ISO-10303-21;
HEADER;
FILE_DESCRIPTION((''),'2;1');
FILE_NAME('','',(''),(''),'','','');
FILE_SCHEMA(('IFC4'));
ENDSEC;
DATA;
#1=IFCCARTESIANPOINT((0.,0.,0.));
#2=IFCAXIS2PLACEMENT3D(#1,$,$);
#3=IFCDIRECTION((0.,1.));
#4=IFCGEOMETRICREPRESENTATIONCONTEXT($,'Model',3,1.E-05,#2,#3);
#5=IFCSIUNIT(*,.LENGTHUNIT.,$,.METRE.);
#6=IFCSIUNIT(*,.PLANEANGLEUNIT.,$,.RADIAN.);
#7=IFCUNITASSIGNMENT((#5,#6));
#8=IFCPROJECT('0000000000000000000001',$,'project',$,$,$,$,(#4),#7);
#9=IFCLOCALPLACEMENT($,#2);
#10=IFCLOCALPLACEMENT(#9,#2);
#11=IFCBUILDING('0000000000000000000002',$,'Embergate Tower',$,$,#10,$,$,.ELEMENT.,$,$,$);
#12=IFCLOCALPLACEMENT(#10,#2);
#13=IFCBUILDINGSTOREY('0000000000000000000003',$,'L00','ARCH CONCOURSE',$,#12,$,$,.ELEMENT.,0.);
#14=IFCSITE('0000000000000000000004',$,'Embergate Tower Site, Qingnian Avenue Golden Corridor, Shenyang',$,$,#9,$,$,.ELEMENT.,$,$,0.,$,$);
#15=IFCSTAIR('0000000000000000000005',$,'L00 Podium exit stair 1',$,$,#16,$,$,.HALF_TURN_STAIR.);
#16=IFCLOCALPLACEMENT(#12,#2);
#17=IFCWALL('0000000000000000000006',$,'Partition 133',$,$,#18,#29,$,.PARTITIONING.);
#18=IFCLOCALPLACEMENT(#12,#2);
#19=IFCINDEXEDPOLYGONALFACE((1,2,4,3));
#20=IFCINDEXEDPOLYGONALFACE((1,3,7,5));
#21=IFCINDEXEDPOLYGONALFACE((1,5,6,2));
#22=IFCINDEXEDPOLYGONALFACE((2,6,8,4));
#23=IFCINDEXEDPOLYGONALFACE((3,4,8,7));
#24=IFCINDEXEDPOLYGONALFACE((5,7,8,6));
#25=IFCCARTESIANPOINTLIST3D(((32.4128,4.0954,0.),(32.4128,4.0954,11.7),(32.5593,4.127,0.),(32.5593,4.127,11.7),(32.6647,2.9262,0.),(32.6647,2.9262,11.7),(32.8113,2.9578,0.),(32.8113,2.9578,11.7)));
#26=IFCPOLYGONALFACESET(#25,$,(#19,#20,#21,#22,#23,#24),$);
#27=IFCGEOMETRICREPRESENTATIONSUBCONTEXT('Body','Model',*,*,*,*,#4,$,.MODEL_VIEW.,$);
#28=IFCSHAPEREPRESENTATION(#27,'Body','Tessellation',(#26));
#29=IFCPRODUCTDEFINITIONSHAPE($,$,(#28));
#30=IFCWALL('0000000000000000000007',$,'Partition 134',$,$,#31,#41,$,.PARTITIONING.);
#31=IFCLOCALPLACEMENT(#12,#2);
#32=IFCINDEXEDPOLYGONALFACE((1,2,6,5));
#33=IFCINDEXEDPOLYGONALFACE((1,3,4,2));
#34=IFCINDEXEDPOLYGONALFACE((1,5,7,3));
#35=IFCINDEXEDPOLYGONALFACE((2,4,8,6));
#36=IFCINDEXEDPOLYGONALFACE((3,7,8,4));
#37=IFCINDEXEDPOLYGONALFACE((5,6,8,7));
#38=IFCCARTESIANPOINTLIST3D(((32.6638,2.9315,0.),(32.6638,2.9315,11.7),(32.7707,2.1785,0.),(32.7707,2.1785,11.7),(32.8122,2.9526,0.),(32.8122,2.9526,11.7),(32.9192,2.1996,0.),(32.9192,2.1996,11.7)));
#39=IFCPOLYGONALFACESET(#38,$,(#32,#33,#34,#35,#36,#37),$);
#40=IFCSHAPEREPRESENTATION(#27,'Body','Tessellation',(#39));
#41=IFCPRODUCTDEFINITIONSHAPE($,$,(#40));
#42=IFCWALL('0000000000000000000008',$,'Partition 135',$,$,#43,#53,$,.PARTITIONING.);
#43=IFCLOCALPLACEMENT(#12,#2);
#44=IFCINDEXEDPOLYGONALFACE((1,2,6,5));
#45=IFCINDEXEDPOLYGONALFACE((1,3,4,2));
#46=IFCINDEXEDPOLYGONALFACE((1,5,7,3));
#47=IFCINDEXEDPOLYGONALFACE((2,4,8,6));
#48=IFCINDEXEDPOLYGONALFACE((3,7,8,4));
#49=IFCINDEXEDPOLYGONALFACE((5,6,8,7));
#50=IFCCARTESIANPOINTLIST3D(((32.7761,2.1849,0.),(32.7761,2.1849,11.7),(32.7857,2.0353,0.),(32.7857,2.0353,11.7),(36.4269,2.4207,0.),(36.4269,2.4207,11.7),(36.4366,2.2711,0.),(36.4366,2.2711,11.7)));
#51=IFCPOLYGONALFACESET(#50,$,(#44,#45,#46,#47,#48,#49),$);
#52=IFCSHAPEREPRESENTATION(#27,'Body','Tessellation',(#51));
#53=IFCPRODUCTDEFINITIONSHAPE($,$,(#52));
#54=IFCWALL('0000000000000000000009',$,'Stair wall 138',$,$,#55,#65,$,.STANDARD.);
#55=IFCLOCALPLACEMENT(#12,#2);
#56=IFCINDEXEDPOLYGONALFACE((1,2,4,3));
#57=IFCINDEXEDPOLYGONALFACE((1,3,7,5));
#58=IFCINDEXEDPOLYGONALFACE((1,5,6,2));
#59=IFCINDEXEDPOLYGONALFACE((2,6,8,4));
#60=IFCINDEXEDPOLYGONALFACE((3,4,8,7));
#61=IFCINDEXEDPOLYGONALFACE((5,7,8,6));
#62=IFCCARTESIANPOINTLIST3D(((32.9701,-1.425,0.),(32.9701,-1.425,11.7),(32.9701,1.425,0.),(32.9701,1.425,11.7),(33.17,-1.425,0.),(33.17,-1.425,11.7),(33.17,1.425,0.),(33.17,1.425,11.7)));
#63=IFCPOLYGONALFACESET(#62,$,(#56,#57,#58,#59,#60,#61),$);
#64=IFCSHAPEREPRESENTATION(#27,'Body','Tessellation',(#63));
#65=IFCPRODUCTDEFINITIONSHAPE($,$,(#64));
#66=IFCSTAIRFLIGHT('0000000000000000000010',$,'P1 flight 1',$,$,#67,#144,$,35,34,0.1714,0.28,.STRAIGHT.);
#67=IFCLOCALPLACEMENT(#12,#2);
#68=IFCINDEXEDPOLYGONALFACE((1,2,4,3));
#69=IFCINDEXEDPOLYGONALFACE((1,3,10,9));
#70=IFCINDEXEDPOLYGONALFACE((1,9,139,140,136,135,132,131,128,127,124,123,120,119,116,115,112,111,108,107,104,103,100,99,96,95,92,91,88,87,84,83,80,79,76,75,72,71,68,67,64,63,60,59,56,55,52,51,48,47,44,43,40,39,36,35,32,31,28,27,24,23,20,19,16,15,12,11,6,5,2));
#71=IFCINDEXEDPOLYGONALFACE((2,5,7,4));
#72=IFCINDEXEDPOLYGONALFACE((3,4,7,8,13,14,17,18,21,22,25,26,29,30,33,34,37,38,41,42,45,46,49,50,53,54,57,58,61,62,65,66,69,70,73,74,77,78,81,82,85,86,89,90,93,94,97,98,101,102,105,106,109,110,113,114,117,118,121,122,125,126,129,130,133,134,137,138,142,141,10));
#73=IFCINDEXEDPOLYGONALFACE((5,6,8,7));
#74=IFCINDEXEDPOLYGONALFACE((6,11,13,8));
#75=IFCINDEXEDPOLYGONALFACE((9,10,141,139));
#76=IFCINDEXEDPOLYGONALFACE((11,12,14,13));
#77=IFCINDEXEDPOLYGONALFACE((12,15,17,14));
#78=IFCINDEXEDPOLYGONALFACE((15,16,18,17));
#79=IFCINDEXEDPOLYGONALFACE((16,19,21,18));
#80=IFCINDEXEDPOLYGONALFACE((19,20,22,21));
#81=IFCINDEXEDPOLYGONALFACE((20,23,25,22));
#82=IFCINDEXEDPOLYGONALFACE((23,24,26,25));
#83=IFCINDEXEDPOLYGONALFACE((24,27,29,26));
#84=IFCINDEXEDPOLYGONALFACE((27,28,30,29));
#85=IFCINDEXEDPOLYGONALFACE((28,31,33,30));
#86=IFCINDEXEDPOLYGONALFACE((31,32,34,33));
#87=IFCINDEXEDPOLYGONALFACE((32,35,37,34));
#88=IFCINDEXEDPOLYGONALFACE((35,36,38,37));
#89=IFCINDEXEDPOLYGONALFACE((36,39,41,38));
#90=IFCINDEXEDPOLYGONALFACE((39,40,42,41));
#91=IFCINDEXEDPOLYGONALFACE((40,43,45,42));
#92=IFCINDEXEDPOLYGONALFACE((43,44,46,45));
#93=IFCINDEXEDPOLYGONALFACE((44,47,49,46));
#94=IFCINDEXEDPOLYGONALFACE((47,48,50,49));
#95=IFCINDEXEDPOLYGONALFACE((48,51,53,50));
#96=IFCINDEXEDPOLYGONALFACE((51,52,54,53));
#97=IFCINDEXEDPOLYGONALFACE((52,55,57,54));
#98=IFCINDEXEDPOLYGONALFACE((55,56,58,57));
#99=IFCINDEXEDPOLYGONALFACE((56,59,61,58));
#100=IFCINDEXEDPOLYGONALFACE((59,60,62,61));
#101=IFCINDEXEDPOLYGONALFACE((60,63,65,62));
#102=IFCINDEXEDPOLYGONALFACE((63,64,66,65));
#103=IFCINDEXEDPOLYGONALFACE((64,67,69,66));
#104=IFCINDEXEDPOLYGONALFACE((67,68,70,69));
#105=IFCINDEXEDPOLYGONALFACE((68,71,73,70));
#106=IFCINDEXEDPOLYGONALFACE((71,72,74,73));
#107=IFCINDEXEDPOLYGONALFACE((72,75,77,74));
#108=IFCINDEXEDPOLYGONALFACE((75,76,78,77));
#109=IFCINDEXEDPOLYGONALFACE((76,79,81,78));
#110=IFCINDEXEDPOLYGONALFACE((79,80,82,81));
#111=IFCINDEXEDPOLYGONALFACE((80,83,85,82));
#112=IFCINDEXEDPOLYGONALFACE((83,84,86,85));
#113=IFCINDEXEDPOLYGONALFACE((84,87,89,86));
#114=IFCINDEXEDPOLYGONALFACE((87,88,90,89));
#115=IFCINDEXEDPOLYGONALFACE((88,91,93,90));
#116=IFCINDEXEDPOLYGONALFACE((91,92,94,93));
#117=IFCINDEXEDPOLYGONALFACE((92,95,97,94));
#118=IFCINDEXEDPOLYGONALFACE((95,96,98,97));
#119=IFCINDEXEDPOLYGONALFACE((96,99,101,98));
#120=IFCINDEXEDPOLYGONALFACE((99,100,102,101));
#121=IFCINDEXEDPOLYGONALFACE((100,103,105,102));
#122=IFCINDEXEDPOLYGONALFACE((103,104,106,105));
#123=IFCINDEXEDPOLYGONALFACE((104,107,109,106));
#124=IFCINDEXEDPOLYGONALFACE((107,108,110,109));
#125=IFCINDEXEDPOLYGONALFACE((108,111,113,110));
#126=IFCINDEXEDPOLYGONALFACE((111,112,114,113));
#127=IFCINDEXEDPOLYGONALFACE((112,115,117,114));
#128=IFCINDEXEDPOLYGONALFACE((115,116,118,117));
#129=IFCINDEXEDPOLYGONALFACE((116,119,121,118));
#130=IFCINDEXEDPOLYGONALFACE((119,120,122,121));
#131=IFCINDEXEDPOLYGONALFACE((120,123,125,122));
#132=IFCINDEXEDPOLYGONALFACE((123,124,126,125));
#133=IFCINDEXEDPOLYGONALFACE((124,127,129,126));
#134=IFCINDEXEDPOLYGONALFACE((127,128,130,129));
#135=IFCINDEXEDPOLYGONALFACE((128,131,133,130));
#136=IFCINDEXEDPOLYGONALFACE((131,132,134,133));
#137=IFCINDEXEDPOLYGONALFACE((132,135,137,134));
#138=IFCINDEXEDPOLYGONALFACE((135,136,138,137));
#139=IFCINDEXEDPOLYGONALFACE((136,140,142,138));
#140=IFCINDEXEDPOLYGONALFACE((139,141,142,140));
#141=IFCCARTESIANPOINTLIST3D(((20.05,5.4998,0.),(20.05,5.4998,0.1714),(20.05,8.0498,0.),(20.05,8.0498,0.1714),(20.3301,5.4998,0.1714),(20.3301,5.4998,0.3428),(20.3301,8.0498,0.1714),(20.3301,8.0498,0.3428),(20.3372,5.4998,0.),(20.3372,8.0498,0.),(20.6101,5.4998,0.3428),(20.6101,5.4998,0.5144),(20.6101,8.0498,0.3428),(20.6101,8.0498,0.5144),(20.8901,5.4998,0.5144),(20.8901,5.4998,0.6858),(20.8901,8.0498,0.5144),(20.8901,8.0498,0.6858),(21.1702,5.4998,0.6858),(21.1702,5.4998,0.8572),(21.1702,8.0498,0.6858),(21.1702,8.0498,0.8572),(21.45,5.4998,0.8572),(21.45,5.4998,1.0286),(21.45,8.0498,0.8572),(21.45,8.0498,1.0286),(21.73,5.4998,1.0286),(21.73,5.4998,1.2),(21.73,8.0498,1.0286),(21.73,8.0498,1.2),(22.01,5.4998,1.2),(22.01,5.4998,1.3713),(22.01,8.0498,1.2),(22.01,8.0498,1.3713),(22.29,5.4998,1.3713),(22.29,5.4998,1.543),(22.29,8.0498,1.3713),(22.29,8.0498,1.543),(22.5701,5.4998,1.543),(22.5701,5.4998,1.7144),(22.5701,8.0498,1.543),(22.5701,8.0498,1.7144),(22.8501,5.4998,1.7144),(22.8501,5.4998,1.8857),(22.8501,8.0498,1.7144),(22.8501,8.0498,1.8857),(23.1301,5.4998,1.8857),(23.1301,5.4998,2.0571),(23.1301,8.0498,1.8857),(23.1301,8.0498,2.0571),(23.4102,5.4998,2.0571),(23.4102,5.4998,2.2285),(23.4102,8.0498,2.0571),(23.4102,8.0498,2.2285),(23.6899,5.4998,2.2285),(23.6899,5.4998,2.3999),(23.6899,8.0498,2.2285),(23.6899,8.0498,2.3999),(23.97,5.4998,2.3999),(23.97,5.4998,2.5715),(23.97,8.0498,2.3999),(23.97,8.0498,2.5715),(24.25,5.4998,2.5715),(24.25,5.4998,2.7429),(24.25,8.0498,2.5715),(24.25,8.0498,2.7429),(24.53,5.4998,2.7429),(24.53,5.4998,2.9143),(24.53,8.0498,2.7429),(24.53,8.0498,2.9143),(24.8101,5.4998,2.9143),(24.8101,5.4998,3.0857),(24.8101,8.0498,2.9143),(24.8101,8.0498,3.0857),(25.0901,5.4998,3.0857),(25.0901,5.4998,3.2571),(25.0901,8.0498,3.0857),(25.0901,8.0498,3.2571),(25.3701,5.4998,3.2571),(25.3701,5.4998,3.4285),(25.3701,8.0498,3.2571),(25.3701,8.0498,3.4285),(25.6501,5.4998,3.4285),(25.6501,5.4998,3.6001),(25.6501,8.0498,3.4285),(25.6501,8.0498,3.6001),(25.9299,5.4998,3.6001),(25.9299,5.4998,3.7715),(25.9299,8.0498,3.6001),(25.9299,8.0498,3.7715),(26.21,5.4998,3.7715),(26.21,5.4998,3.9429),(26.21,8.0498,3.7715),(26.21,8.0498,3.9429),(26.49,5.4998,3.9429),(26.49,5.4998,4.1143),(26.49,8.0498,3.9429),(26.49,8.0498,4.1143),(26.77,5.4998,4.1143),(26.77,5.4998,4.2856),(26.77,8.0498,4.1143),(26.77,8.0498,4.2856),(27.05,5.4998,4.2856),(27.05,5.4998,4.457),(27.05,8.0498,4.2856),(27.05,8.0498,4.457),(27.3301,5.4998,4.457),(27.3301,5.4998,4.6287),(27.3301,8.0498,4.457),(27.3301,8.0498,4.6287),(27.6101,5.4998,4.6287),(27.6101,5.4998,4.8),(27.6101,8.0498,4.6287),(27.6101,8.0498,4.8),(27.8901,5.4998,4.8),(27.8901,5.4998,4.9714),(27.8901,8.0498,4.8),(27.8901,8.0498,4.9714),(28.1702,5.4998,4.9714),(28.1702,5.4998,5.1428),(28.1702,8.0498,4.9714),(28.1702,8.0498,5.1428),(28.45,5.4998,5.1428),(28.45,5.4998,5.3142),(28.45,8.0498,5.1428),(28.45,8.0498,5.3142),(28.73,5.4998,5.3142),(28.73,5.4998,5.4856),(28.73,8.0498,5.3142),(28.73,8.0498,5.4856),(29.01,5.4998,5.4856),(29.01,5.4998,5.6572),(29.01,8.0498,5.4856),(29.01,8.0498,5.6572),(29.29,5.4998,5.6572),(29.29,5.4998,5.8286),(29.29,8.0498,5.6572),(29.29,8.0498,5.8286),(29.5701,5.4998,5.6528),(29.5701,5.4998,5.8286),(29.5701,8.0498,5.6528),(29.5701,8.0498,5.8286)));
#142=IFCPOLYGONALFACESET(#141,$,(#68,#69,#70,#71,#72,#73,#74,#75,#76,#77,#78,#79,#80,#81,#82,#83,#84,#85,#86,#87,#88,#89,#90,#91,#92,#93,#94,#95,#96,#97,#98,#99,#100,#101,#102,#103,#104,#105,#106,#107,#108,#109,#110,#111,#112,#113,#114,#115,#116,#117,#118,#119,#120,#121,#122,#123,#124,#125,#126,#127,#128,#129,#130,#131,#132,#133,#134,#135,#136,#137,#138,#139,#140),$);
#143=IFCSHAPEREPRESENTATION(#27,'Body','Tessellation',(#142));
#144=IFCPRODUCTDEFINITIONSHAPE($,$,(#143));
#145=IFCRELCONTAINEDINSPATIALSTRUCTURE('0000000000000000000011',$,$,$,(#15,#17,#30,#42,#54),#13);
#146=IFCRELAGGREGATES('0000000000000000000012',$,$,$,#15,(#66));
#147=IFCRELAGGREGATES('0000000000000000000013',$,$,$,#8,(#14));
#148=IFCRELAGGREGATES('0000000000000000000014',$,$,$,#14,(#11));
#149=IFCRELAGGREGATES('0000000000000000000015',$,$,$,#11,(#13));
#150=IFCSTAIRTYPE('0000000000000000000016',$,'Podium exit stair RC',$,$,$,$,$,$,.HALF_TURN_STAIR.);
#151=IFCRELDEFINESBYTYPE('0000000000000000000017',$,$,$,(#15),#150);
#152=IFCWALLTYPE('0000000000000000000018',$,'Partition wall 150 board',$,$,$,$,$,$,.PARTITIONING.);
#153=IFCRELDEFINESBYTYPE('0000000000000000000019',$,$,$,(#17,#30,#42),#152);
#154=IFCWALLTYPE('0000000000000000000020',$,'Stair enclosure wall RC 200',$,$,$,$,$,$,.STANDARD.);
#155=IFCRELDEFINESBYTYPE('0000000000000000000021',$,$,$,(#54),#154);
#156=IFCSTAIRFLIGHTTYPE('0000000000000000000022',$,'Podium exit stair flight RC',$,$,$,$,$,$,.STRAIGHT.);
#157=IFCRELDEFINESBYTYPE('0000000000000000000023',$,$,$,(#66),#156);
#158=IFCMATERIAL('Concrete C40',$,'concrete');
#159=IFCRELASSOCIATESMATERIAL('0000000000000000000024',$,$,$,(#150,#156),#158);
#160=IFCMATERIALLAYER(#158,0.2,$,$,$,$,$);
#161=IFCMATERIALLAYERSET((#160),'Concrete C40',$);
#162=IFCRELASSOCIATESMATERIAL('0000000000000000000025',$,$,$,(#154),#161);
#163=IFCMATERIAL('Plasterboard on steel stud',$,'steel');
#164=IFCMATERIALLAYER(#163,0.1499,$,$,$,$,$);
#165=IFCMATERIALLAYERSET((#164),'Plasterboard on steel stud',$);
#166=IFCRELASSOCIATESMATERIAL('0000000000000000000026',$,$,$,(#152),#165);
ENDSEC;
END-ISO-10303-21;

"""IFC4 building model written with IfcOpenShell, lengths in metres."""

from ifc_helpers import new_model, si_unit, direction, frame, frame_2d, origin, place, context, subcontext, project, spatial, polyline, rectangle, outline, extrude, source, transform, mapped, material, layer, layer_set, type_object, element, aggregate, save


model = new_model("IFC4")

# Units and contexts
model_context = context("Model", 3, precision=1e-05, world=origin(), true_north=direction((0.0, 1.0)))
body_context = subcontext(model_context, "Body", "Model", "MODEL_VIEW")
ifc_project = project(units=[si_unit("LENGTHUNIT", "METRE"), si_unit("PLANEANGLEUNIT", "RADIAN")], contexts=[model_context])

# Site, building, storey
site_placement = place(None, origin())
site = spatial("IfcSite", under=ifc_project, at=site_placement, Name="Embergate Tower Site, Qingnian Avenue Golden Corridor, Shenyang", CompositionType="ELEMENT", RefElevation=0.0)
building_placement = place(site_placement, origin())
building = spatial("IfcBuilding", under=site, at=building_placement, Name="Embergate Tower", CompositionType="ELEMENT")
storey_placement = place(building_placement, origin())
storey = spatial("IfcBuildingStorey", under=building, at=storey_placement, Name="L00", Description="ARCH CONCOURSE", CompositionType="ELEMENT", Elevation=0.0)

# Stair
ifc_material_1 = material(Name="Concrete C40", Category="concrete")
stair_type = type_object("IfcStairType", Name="Podium exit stair RC", PredefinedType="HALF_TURN_STAIR", material=ifc_material_1)
stair_placement = place(storey_placement, origin())
stair = element("IfcStair", 1, at=stair_placement, inside=storey, type_object=stair_type, Name="L00 Podium exit stair 1", PredefinedType="HALF_TURN_STAIR")

# Shared definitions
ifc_layer_1 = layer(ifc_material_1, 0.2)
ifc_layer_set_1 = layer_set([ifc_layer_1], Name="Concrete C40")
wall_type_1 = type_object("IfcWallType", Name="Stair enclosure wall RC 200", PredefinedType="STANDARD", material=ifc_layer_set_1)

# Walls
ifc_material_2 = material(Name="Plasterboard on steel stud", Category="steel")
ifc_layer_2 = layer(ifc_material_2, 0.1499)
ifc_layer_set_2 = layer_set([ifc_layer_2], Name="Plasterboard on steel stud")
wall_type_2 = type_object("IfcWallType", Name="Partition wall 150 board", PredefinedType="PARTITIONING", material=ifc_layer_set_2)
shared_shape_1 = source(origin(), body_context, "Body", "SweptSolid", [
    extrude(rectangle(XDim=1.196, YDim=0.1499, at=frame_2d((0.5981, 0.0))), origin(), (0.0, 0.0, 1.0), 11.7),
])
wall_1_placement = place(storey_placement, frame((32.738, 2.9419, 0.0), z_axis=(0.0, 0.0, 1.0), x_axis=(-0.210658, 0.97756, 0.0)))
element("IfcWall", 2, at=wall_1_placement, inside=storey, type_object=wall_type_2, Name="Partition 133", PredefinedType="PARTITIONING", context=body_context, shape_type="MappedRepresentation", body=[
    mapped(shared_shape_1, transform((0.0, 0.0, 0.0))),
])
shared_shape_2 = source(origin(), body_context, "Body", "SweptSolid", [
    extrude(rectangle(XDim=0.7605, YDim=0.1499, at=frame_2d((0.3804, 0.0))), origin(), (0.0, 0.0, 1.0), 11.7),
])
wall_2_placement = place(storey_placement, frame((32.845, 2.189, 0.0), z_axis=(0.0, 0.0, 1.0), x_axis=(-0.140612, 0.990065, 0.0)))
element("IfcWall", 3, at=wall_2_placement, inside=storey, type_object=wall_type_2, Name="Partition 134", PredefinedType="PARTITIONING", context=body_context, shape_type="MappedRepresentation", body=[
    mapped(shared_shape_2, transform((0.0, 0.0, 0.0))),
])
shared_shape_3 = source(origin(), body_context, "Body", "SweptSolid", [
    extrude(rectangle(XDim=3.6584, YDim=0.1499, at=frame_2d((1.8291, 0.0))), origin(), (0.0, 0.0, 1.0), 11.7),
])
wall_3_placement = place(storey_placement, frame((32.781, 2.1101, 0.0), z_axis=(0.0, 0.0, 1.0), x_axis=(0.99792, 0.064464, 0.0)))
element("IfcWall", 4, at=wall_3_placement, inside=storey, type_object=wall_type_2, Name="Partition 135", PredefinedType="PARTITIONING", context=body_context, shape_type="MappedRepresentation", body=[
    mapped(shared_shape_3, transform((0.0, 0.0, 0.0))),
])
shared_shape_4 = source(origin(), body_context, "Body", "SweptSolid", [
    extrude(rectangle(XDim=2.8501, YDim=0.2, at=frame_2d((1.425, 0.0))), origin(), (0.0, 0.0, 1.0), 11.7),
])
wall_4_placement = place(storey_placement, frame((33.0701, -1.425, 0.0), z_axis=(0.0, 0.0, 1.0), x_axis=(0.0, 1.0, 0.0)))
element("IfcWall", 5, at=wall_4_placement, inside=storey, type_object=wall_type_1, Name="Stair wall 138", PredefinedType="STANDARD", context=body_context, shape_type="MappedRepresentation", body=[
    mapped(shared_shape_4, transform((0.0, 0.0, 0.0))),
])

# Stair flight
stair_flight_type = type_object("IfcStairFlightType", Name="Podium exit stair flight RC", PredefinedType="STRAIGHT", material=ifc_material_1)
shared_shape_5 = source(origin(), body_context, "Body", "SweptSolid", [
    extrude(outline(polyline([(0.0, 0.0), (0.0, 0.1714), (0.28, 0.1714), (0.28, 0.3428), (0.5601, 0.3428), (0.5601, 0.5144), (0.8401, 0.5144), (0.8401, 0.6858), (1.1201, 0.6858), (1.1201, 0.8572), (1.3999, 0.8572), (1.3999, 1.0286), (1.6799, 1.0286), (1.6799, 1.2), (1.96, 1.2), (1.96, 1.3713), (2.24, 1.3713), (2.24, 1.543), (2.52, 1.543), (2.52, 1.7144), (2.8, 1.7144), (2.8, 1.8857), (3.0801, 1.8857), (3.0801, 2.0571), (3.3601, 2.0571), (3.3601, 2.2285), (3.6399, 2.2285), (3.6399, 2.3999), (3.9199, 2.3999), (3.9199, 2.5715), (4.2, 2.5715), (4.2, 2.7429), (4.48, 2.7429), (4.48, 2.9143), (4.76, 2.9143), (4.76, 3.0857), (5.04, 3.0857), (5.04, 3.2571), (5.3201, 3.2571), (5.3201, 3.4285), (5.6001, 3.4285), (5.6001, 3.6001), (5.8799, 3.6001), (5.8799, 3.7715), (6.1599, 3.7715), (6.1599, 3.9429), (6.4399, 3.9429), (6.4399, 4.1143), (6.72, 4.1143), (6.72, 4.2856), (7.0, 4.2856), (7.0, 4.457), (7.28, 4.457), (7.28, 4.6287), (7.5601, 4.6287), (7.5601, 4.8), (7.8401, 4.8), (7.8401, 4.9714), (8.1201, 4.9714), (8.1201, 5.1428), (8.3999, 5.1428), (8.3999, 5.3142), (8.6799, 5.3142), (8.6799, 5.4856), (8.96, 5.4856), (8.96, 5.6572), (9.24, 5.6572), (9.24, 5.8286), (9.52, 5.8286), (9.52, 6.0), (9.52, 5.6528), (0.2871, 0.0), (0.0, 0.0)])), frame((0.0, 1.2749, 0.0), z_axis=(0.0, -1.0, 0.0), x_axis=(1.0, 0.0, 0.0)), (0.0, 0.0, 1.0), 2.55),
])
stair_flight_placement = place(storey_placement, frame((20.05, 6.7749, 0.0), z_axis=(0.0, 0.0, 1.0), x_axis=(1.0, 0.0, 0.0)))
stair_flight = element("IfcStairFlight", 6, at=stair_flight_placement, type_object=stair_flight_type, Name="P1 flight 1", NumberOfRisers=35, NumberOfTreads=34, PredefinedType="STRAIGHT", RiserHeight=0.1714, TreadLength=0.28, context=body_context, shape_type="MappedRepresentation", body=[
    mapped(shared_shape_5, transform((0.0, 0.0, 0.0))),
])
aggregate(stair, [stair_flight])

save(model, "model.ifc")
